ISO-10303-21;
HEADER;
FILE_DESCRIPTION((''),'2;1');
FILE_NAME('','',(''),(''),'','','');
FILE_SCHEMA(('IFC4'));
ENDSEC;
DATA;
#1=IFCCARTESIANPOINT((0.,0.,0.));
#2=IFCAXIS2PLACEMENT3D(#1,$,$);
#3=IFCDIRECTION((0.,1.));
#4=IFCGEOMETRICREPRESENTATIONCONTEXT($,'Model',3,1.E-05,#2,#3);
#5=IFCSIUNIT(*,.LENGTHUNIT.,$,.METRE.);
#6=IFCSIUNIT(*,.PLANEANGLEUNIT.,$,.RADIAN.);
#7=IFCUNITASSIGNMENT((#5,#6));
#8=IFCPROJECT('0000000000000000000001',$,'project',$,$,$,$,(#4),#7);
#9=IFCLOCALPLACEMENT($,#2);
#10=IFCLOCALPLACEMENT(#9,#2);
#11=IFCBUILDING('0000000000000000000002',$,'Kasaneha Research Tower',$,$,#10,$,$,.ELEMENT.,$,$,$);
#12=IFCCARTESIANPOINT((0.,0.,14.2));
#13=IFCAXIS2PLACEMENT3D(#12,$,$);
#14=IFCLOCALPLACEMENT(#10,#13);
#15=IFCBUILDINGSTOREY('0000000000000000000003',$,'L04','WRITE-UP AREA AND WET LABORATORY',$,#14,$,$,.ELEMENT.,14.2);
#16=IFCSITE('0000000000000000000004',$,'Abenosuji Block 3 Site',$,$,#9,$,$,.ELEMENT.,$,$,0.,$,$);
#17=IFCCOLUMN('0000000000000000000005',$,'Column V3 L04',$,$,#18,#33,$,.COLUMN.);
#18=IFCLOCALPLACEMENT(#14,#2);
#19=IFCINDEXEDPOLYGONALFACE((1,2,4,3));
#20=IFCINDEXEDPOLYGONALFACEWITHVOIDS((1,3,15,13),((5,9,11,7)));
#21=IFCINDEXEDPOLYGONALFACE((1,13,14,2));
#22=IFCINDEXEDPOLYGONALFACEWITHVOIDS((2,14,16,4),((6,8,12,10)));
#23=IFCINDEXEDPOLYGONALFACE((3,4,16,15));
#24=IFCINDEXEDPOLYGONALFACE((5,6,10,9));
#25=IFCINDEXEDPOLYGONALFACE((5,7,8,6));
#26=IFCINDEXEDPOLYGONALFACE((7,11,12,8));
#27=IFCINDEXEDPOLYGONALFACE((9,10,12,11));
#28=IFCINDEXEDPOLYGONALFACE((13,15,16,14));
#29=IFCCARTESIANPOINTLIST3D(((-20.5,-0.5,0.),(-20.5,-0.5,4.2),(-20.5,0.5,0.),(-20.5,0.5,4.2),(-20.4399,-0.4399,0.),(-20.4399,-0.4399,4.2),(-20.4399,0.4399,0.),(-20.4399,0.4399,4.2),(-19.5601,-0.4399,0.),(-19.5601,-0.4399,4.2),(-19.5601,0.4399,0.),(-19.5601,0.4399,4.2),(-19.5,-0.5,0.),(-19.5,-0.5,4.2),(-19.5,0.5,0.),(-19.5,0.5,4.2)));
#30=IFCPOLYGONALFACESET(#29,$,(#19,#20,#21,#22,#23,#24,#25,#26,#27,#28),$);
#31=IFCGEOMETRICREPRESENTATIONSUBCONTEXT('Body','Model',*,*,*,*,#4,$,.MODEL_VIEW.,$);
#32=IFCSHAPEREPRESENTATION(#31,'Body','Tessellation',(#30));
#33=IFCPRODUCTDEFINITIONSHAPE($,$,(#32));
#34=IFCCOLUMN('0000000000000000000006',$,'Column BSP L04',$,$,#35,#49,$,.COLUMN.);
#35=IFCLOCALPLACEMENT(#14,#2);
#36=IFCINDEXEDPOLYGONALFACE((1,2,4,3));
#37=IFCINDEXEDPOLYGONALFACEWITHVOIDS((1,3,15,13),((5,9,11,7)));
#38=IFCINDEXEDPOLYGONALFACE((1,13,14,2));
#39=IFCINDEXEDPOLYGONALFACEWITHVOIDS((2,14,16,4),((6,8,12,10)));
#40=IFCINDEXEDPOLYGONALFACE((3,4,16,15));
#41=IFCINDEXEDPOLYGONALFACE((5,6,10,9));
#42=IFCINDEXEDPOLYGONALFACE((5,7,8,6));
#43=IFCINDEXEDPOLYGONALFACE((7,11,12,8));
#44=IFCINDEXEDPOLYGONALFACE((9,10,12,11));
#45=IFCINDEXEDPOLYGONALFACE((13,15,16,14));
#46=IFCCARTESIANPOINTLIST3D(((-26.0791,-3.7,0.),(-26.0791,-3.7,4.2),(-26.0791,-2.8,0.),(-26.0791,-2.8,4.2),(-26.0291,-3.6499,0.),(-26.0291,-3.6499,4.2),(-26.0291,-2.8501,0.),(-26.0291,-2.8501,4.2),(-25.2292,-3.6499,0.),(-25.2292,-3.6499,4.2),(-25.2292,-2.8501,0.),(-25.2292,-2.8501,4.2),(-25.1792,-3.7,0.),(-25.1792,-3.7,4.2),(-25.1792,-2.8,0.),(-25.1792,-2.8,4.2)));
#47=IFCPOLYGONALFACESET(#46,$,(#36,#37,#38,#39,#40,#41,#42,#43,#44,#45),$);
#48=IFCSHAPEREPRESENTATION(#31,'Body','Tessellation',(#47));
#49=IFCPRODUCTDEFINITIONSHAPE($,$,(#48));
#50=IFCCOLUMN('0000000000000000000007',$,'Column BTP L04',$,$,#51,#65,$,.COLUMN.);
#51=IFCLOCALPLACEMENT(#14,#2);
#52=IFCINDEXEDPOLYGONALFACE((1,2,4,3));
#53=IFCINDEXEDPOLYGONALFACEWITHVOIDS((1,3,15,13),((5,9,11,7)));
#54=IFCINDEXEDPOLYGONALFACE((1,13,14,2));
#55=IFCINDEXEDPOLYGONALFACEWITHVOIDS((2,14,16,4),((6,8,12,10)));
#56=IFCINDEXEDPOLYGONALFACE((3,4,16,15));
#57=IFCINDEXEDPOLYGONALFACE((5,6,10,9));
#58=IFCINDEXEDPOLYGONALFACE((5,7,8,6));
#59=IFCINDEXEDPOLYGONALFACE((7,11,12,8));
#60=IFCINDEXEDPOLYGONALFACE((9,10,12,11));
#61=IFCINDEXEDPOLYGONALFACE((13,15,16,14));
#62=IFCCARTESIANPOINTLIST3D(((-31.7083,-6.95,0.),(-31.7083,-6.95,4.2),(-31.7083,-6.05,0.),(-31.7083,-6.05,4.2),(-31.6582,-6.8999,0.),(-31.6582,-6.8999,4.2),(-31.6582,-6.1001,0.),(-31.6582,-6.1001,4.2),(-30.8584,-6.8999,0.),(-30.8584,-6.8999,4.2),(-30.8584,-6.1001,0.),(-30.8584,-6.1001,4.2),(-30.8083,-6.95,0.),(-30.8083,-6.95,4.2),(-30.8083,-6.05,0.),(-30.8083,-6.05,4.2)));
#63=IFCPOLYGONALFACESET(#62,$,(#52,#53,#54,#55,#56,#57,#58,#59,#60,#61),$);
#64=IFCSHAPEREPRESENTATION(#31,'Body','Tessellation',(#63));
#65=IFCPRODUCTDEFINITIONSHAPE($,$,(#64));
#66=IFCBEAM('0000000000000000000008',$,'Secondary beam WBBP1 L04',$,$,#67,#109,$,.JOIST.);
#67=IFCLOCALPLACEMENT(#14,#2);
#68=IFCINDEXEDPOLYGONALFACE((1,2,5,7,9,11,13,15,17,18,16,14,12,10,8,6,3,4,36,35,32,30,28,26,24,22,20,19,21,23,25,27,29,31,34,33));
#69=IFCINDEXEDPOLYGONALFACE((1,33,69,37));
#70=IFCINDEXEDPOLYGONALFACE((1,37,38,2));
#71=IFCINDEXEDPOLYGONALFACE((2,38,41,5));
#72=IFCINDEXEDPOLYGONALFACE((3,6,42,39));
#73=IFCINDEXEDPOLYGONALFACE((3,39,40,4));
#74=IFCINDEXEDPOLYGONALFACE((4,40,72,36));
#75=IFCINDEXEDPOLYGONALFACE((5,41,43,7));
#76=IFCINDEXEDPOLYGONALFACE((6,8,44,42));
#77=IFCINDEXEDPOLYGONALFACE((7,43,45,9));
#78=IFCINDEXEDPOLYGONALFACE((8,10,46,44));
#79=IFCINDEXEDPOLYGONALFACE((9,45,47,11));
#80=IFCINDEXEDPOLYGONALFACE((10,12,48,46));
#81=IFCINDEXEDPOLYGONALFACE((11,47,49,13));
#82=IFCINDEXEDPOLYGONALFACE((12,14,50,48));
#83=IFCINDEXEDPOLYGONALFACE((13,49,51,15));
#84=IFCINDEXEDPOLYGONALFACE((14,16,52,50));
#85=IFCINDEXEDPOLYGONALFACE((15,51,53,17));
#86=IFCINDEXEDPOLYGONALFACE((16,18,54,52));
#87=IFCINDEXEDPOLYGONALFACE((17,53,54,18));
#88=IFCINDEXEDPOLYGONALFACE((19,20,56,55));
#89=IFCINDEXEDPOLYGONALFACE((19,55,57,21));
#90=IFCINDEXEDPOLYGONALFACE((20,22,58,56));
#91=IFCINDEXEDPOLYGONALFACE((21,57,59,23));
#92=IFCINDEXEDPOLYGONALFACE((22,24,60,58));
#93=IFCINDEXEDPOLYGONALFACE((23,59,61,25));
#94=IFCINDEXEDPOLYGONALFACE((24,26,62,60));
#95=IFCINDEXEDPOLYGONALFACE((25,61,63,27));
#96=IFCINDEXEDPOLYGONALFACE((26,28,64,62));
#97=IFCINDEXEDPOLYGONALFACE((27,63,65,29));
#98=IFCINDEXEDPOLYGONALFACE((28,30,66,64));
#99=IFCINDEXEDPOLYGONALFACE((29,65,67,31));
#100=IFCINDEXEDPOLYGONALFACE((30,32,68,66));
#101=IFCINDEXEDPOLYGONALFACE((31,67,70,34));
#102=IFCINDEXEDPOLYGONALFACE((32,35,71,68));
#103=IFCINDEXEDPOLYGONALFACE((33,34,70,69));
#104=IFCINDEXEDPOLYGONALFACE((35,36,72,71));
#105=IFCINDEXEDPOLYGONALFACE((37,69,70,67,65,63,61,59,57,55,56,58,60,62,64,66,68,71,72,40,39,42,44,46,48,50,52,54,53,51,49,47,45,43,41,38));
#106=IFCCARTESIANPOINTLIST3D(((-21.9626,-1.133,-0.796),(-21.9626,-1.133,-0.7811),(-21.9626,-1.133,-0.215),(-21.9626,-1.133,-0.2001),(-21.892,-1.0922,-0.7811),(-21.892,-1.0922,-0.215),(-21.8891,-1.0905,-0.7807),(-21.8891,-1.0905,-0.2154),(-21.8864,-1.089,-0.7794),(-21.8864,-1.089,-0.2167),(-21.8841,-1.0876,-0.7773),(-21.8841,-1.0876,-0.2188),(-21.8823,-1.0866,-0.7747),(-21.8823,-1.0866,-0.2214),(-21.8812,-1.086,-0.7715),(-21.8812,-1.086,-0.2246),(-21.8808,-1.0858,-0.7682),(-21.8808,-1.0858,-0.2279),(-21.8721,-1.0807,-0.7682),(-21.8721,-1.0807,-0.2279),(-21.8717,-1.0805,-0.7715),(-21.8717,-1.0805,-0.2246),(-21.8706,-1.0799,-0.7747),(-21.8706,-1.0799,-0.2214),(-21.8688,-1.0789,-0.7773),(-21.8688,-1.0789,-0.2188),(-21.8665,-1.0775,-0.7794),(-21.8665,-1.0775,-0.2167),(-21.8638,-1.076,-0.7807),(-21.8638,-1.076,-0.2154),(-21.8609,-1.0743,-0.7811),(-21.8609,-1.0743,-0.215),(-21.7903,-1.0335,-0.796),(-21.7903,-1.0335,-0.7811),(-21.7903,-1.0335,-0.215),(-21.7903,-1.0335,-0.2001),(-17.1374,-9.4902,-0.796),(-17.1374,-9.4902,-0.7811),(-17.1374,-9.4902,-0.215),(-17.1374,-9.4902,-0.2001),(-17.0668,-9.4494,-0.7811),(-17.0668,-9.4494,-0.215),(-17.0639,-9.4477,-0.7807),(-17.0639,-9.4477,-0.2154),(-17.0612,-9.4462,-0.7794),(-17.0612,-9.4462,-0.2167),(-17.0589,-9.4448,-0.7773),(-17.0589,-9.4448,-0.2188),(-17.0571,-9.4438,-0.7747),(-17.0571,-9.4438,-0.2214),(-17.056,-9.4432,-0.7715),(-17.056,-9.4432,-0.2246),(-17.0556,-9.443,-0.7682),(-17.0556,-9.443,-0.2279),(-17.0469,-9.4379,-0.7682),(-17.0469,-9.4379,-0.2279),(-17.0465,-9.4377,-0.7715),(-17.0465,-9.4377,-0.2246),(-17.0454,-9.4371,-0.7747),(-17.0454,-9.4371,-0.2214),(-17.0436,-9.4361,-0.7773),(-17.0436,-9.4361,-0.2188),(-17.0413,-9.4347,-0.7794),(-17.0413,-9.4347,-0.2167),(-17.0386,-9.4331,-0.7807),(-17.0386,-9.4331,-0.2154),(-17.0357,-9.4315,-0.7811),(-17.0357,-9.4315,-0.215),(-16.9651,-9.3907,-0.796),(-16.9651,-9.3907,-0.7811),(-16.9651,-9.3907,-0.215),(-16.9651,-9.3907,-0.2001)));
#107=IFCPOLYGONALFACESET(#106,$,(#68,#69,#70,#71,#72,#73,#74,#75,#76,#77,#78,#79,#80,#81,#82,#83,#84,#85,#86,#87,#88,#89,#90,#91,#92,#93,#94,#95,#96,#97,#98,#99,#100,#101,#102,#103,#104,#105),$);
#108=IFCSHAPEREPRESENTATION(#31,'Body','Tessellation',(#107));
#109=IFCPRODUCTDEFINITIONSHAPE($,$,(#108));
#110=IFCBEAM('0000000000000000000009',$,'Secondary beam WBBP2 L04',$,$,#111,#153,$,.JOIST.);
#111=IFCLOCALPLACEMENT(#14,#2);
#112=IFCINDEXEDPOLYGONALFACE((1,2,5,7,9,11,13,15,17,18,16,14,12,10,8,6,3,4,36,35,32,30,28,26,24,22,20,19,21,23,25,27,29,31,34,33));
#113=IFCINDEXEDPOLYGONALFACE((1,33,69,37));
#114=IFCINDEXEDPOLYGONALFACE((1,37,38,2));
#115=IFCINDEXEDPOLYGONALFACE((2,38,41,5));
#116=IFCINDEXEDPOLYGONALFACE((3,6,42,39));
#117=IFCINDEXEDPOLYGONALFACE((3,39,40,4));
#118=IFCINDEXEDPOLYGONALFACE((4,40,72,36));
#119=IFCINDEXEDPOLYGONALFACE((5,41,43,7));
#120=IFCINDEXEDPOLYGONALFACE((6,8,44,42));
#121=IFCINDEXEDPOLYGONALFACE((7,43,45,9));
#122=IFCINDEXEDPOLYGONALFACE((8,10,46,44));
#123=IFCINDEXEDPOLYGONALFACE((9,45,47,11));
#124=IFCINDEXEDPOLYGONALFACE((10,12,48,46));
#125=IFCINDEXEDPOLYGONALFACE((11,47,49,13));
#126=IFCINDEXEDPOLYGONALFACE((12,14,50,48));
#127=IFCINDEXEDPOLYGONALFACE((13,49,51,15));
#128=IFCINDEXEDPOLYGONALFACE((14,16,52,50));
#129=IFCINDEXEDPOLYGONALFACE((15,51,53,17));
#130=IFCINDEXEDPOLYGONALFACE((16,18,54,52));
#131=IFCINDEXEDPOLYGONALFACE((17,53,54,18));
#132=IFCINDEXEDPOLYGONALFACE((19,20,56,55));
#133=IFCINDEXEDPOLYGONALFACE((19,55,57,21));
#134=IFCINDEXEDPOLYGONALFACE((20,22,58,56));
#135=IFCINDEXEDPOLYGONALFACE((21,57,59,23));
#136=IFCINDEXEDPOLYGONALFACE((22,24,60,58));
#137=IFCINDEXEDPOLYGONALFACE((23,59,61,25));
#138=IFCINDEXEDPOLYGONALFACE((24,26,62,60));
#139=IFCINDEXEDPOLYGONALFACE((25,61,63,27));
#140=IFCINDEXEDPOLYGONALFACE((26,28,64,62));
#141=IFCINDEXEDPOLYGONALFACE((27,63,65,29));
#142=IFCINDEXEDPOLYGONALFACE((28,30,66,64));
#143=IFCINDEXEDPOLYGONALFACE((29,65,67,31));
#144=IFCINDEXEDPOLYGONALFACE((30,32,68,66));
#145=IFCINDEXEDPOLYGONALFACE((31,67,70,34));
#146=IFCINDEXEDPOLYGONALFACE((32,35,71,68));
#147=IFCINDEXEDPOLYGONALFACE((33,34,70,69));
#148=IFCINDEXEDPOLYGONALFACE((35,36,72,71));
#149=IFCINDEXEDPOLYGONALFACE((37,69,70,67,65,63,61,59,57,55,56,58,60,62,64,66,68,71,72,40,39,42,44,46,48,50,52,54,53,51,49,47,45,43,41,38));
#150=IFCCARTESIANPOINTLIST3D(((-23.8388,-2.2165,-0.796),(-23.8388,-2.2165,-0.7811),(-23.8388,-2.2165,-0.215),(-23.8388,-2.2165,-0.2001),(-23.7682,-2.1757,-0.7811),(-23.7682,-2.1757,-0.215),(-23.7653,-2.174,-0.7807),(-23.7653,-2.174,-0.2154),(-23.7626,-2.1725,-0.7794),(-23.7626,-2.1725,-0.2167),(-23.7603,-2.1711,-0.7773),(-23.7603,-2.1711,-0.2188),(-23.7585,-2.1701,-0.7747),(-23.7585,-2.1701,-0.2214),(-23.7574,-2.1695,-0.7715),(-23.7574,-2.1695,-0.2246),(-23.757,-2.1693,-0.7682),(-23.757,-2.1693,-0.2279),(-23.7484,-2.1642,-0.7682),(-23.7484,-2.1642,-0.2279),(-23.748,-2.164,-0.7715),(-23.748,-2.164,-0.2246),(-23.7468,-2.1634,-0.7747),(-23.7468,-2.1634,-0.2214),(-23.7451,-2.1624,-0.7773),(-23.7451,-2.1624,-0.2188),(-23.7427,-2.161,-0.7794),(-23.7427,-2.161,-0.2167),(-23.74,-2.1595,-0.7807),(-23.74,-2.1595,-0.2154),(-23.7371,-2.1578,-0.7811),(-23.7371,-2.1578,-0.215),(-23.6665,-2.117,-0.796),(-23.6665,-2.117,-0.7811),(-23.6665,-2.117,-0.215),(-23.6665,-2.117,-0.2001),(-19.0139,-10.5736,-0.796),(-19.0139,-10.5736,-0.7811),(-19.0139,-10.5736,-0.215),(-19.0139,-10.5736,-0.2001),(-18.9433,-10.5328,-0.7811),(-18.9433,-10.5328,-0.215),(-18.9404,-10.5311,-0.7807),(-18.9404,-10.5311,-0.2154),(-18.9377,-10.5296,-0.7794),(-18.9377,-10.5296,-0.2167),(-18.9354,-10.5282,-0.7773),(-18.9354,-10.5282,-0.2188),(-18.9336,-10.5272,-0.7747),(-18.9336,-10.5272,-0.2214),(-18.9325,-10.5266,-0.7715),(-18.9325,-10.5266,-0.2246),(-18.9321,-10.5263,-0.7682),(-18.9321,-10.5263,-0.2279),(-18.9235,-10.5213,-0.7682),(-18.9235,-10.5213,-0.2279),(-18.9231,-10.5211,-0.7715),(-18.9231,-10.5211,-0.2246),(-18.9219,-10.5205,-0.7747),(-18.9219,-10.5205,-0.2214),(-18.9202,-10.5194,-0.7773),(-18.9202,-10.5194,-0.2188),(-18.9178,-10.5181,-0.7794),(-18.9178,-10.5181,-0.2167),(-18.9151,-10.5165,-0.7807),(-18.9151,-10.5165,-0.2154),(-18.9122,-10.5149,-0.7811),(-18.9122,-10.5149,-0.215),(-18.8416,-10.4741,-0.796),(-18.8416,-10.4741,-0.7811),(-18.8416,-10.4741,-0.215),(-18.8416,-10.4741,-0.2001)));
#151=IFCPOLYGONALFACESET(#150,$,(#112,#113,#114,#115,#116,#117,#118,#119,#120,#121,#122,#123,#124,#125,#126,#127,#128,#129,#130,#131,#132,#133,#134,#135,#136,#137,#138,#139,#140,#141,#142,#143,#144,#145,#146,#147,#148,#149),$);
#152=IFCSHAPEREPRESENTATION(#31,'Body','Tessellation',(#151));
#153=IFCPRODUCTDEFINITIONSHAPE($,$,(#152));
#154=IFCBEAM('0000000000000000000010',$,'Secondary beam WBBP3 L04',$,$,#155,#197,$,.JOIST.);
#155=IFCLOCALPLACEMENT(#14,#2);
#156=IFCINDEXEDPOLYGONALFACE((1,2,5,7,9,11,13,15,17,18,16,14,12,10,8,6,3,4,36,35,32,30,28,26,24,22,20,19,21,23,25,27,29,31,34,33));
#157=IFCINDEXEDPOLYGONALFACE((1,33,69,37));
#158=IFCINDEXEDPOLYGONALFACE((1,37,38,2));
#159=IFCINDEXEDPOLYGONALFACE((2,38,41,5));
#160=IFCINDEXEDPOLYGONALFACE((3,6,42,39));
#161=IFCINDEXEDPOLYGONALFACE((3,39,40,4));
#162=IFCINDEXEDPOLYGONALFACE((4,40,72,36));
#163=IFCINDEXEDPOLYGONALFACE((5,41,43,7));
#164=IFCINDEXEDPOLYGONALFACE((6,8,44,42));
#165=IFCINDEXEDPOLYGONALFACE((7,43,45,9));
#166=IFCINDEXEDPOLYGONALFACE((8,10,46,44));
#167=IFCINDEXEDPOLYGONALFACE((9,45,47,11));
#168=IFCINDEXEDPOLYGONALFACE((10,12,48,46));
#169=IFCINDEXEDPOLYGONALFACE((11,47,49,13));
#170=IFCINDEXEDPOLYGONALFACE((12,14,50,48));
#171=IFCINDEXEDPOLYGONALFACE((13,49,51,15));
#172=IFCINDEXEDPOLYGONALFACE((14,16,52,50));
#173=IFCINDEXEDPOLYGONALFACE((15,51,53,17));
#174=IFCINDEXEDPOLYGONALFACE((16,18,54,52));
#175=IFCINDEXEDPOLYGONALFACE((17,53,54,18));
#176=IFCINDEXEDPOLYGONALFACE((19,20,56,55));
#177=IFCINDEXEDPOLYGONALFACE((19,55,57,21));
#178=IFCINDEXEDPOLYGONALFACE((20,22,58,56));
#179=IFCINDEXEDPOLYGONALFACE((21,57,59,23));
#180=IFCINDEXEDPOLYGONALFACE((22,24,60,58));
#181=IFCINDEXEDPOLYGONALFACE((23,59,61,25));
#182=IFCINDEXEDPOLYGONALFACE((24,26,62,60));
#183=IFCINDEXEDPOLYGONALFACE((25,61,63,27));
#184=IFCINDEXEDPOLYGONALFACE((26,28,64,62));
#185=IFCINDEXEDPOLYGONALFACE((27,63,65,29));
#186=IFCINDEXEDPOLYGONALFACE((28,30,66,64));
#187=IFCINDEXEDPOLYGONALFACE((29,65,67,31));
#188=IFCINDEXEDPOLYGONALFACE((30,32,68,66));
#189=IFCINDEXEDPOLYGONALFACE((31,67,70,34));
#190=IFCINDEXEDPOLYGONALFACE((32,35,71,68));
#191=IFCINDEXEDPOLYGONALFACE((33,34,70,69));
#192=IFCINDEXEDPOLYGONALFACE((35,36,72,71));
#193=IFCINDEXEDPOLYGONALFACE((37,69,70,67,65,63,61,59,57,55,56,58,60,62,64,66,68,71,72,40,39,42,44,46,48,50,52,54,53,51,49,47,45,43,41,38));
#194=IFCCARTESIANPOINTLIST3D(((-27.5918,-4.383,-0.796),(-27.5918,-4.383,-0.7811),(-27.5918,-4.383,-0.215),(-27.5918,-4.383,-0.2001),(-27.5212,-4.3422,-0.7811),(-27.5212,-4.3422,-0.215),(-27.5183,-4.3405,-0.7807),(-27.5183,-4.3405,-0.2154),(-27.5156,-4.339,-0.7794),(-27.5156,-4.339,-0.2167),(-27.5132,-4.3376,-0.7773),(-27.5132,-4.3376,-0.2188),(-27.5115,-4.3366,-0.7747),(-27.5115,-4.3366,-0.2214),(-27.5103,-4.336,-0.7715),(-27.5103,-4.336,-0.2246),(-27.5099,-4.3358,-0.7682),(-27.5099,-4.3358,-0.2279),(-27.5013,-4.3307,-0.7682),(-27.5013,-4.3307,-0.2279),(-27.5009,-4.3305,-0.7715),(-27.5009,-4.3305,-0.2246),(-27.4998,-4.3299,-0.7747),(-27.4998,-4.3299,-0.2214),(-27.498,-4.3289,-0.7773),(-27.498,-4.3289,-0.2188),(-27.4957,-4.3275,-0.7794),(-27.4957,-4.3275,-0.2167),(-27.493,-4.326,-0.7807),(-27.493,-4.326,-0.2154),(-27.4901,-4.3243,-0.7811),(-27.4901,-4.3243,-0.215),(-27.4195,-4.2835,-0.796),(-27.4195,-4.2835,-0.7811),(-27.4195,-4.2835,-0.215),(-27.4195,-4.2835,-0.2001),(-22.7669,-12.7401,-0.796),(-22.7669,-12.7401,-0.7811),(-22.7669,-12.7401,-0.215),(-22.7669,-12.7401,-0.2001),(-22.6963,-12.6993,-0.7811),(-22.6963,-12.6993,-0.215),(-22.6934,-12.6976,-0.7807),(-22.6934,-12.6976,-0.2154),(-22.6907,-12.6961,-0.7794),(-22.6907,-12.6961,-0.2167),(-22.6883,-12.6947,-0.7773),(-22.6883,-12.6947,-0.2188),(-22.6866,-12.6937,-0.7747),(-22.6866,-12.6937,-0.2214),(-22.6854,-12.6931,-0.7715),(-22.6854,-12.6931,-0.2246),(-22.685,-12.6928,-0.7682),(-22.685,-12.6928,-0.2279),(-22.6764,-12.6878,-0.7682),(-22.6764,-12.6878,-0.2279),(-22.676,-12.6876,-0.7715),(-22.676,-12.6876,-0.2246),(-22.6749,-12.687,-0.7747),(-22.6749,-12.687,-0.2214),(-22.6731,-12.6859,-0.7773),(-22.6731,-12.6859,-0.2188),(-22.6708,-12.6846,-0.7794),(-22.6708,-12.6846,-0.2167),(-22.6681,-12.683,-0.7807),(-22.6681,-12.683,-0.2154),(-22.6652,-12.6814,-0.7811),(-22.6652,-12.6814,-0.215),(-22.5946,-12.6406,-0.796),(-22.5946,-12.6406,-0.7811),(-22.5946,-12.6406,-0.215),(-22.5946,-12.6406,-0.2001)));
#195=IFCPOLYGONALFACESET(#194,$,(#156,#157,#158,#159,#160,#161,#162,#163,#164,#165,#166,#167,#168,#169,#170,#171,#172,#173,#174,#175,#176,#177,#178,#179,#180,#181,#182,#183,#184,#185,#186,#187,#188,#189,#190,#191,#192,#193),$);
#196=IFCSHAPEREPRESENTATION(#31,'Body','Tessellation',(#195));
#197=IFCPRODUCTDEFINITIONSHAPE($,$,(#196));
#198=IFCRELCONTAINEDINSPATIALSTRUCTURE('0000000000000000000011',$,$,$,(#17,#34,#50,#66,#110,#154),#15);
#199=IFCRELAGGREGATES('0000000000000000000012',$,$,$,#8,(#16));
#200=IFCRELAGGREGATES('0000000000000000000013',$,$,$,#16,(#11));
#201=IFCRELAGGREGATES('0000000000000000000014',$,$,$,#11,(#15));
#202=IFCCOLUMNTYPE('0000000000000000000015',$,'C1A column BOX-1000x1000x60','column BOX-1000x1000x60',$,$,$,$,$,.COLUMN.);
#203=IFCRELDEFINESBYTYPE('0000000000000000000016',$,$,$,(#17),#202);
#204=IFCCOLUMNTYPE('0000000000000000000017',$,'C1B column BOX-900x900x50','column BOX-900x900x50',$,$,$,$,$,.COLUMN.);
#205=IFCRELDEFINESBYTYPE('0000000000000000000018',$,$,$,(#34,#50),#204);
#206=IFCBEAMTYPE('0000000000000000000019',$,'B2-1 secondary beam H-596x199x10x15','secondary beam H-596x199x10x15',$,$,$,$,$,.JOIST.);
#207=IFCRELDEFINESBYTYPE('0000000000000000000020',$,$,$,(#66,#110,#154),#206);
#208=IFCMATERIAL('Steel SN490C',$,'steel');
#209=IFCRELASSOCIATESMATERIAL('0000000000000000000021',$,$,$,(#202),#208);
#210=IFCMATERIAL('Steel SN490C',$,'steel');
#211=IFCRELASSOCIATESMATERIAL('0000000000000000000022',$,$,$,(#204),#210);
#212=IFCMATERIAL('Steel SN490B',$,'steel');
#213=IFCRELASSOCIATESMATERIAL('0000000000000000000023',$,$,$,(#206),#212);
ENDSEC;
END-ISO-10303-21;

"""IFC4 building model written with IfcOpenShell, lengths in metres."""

from ifc_helpers import new_model, si_unit, direction, frame, origin, origin_2d, place, context, subcontext, project, spatial, hollow_rectangle, i_section, extrude, material, material_profile, profile_set, type_object, element, save


model = new_model("IFC4")

# Units and contexts
model_context = context("Model", 3, precision=1e-05, world=origin(), true_north=direction((0.0, 1.0)))
body_context = subcontext(model_context, "Body", "Model", "MODEL_VIEW")
ifc_project = project(units=[si_unit("LENGTHUNIT", "METRE"), si_unit("PLANEANGLEUNIT", "RADIAN")], contexts=[model_context])

# Site, building, storey
site_placement = place(None, origin())
site = spatial("IfcSite", under=ifc_project, at=site_placement, Name="Abenosuji Block 3 Site", CompositionType="ELEMENT", RefElevation=0.0)
building_placement = place(site_placement, origin())
building = spatial("IfcBuilding", under=site, at=building_placement, Name="Kasaneha Research Tower", CompositionType="ELEMENT")
storey_placement = place(building_placement, frame((0.0, 0.0, 14.2)))
storey = spatial("IfcBuildingStorey", under=building, at=storey_placement, Name="L04", Description="WRITE-UP AREA AND WET LABORATORY", CompositionType="ELEMENT", Elevation=14.2)

# Columns
ifc_material_1 = material(Name="Steel SN490C", Category="steel")
ifc_material_profile_1 = material_profile(ifc_material_1, hollow_rectangle(XDim=1.0, YDim=1.0, WallThickness=0.0601, at=origin_2d()), Name="BOX-1000x1000x60")
ifc_profile_set_1 = profile_set([ifc_material_profile_1], Name="Steel SN490C")
column_type_1 = type_object("IfcColumnType", Name="C1A column BOX-1000x1000x60", Description="column BOX-1000x1000x60", PredefinedType="COLUMN", material=ifc_profile_set_1)
column_placement = place(storey_placement, frame((-20.0, 0.0, 0.0), z_axis=(0.0, 0.0, 1.0), x_axis=(1.0, 0.0, 0.0)))
element("IfcColumn", 1, at=column_placement, inside=storey, type_object=column_type_1, Name="Column V3 L04", PredefinedType="COLUMN", context=body_context, shape_type="SweptSolid", body=[
    extrude(hollow_rectangle(XDim=1.0, YDim=1.0, WallThickness=0.0601, at=origin_2d()), origin(), (0.0, 0.0, 1.0), 4.2),
])
ifc_material_2 = material(Name="Steel SN490C", Category="steel")
ifc_material_profile_2 = material_profile(ifc_material_2, hollow_rectangle(XDim=0.8999, YDim=0.8999, WallThickness=0.05, at=origin_2d()), Name="BOX-900x900x50")
ifc_profile_set_2 = profile_set([ifc_material_profile_2], Name="Steel SN490C")
column_type_2 = type_object("IfcColumnType", Name="C1B column BOX-900x900x50", Description="column BOX-900x900x50", PredefinedType="COLUMN", material=ifc_profile_set_2)
for number, where, z_axis, x_axis, name in (
    (2, (-25.6292, -3.25, 0.0), (0.0, 0.0, 1.0), (1.0, 0.0, 0.0), "Column BSP L04"),
    (3, (-31.2583, -6.5, 0.0), (0.0, 0.0, 1.0), (1.0, 0.0, 0.0), "Column BTP L04"),
):
    element("IfcColumn", number, at=place(storey_placement, frame(where, z_axis=z_axis, x_axis=x_axis)), inside=storey, type_object=column_type_2, Name=name, PredefinedType="COLUMN", context=body_context, shape_type="SweptSolid", body=[
        extrude(hollow_rectangle(XDim=0.8999, YDim=0.8999, WallThickness=0.05, at=origin_2d()), origin(), (0.0, 0.0, 1.0), 4.2),
    ])

# Beams
ifc_material_3 = material(Name="Steel SN490B", Category="steel")
ifc_material_profile_3 = material_profile(ifc_material_3, i_section(OverallWidth=0.199, OverallDepth=0.5959, WebThickness=0.01, FlangeThickness=0.0149, FilletRadius=0.0129, at=origin_2d()), Name="H-596x199x10x15")
ifc_profile_set_3 = profile_set([ifc_material_profile_3], Name="Steel SN490B")
beam_type_1 = type_object("IfcBeamType", Name="B2-1 secondary beam H-596x199x10x15", Description="secondary beam H-596x199x10x15", PredefinedType="JOIST", material=ifc_profile_set_3)
beam_1_placement = place(storey_placement, frame((-21.8765, -1.0833, -0.498), z_axis=(0.500014, -0.866017, 0.0), x_axis=(0.866017, 0.500014, 0.0)))
element("IfcBeam", 4, at=beam_1_placement, inside=storey, type_object=beam_type_1, Name="Secondary beam WBBP1 L04", PredefinedType="JOIST", context=body_context, shape_type="SweptSolid", body=[
    extrude(i_section(OverallWidth=0.199, OverallDepth=0.5959, WebThickness=0.01, FlangeThickness=0.0149, FilletRadius=0.0129, at=origin_2d()), origin(), (0.0, 0.0, 1.0), 9.6501),
])
for number, where, z_axis, x_axis, name in (
    (5, (-23.7527, -2.1667, -0.498), (0.499995, -0.866028, 0.0), (0.866028, 0.499995, 0.0), "Secondary beam WBBP2 L04"),
    (6, (-27.5056, -4.3333, -0.498), (0.499995, -0.866028, 0.0), (0.866028, 0.499995, 0.0), "Secondary beam WBBP3 L04"),
):
    element("IfcBeam", number, at=place(storey_placement, frame(where, z_axis=z_axis, x_axis=x_axis)), inside=storey, type_object=beam_type_1, Name=name, PredefinedType="JOIST", context=body_context, shape_type="SweptSolid", body=[
        extrude(i_section(OverallWidth=0.199, OverallDepth=0.5959, WebThickness=0.01, FlangeThickness=0.0149, FilletRadius=0.0129, at=origin_2d()), origin(), (0.0, 0.0, 1.0), 9.6499),
    ])

save(model, "model.ifc")
